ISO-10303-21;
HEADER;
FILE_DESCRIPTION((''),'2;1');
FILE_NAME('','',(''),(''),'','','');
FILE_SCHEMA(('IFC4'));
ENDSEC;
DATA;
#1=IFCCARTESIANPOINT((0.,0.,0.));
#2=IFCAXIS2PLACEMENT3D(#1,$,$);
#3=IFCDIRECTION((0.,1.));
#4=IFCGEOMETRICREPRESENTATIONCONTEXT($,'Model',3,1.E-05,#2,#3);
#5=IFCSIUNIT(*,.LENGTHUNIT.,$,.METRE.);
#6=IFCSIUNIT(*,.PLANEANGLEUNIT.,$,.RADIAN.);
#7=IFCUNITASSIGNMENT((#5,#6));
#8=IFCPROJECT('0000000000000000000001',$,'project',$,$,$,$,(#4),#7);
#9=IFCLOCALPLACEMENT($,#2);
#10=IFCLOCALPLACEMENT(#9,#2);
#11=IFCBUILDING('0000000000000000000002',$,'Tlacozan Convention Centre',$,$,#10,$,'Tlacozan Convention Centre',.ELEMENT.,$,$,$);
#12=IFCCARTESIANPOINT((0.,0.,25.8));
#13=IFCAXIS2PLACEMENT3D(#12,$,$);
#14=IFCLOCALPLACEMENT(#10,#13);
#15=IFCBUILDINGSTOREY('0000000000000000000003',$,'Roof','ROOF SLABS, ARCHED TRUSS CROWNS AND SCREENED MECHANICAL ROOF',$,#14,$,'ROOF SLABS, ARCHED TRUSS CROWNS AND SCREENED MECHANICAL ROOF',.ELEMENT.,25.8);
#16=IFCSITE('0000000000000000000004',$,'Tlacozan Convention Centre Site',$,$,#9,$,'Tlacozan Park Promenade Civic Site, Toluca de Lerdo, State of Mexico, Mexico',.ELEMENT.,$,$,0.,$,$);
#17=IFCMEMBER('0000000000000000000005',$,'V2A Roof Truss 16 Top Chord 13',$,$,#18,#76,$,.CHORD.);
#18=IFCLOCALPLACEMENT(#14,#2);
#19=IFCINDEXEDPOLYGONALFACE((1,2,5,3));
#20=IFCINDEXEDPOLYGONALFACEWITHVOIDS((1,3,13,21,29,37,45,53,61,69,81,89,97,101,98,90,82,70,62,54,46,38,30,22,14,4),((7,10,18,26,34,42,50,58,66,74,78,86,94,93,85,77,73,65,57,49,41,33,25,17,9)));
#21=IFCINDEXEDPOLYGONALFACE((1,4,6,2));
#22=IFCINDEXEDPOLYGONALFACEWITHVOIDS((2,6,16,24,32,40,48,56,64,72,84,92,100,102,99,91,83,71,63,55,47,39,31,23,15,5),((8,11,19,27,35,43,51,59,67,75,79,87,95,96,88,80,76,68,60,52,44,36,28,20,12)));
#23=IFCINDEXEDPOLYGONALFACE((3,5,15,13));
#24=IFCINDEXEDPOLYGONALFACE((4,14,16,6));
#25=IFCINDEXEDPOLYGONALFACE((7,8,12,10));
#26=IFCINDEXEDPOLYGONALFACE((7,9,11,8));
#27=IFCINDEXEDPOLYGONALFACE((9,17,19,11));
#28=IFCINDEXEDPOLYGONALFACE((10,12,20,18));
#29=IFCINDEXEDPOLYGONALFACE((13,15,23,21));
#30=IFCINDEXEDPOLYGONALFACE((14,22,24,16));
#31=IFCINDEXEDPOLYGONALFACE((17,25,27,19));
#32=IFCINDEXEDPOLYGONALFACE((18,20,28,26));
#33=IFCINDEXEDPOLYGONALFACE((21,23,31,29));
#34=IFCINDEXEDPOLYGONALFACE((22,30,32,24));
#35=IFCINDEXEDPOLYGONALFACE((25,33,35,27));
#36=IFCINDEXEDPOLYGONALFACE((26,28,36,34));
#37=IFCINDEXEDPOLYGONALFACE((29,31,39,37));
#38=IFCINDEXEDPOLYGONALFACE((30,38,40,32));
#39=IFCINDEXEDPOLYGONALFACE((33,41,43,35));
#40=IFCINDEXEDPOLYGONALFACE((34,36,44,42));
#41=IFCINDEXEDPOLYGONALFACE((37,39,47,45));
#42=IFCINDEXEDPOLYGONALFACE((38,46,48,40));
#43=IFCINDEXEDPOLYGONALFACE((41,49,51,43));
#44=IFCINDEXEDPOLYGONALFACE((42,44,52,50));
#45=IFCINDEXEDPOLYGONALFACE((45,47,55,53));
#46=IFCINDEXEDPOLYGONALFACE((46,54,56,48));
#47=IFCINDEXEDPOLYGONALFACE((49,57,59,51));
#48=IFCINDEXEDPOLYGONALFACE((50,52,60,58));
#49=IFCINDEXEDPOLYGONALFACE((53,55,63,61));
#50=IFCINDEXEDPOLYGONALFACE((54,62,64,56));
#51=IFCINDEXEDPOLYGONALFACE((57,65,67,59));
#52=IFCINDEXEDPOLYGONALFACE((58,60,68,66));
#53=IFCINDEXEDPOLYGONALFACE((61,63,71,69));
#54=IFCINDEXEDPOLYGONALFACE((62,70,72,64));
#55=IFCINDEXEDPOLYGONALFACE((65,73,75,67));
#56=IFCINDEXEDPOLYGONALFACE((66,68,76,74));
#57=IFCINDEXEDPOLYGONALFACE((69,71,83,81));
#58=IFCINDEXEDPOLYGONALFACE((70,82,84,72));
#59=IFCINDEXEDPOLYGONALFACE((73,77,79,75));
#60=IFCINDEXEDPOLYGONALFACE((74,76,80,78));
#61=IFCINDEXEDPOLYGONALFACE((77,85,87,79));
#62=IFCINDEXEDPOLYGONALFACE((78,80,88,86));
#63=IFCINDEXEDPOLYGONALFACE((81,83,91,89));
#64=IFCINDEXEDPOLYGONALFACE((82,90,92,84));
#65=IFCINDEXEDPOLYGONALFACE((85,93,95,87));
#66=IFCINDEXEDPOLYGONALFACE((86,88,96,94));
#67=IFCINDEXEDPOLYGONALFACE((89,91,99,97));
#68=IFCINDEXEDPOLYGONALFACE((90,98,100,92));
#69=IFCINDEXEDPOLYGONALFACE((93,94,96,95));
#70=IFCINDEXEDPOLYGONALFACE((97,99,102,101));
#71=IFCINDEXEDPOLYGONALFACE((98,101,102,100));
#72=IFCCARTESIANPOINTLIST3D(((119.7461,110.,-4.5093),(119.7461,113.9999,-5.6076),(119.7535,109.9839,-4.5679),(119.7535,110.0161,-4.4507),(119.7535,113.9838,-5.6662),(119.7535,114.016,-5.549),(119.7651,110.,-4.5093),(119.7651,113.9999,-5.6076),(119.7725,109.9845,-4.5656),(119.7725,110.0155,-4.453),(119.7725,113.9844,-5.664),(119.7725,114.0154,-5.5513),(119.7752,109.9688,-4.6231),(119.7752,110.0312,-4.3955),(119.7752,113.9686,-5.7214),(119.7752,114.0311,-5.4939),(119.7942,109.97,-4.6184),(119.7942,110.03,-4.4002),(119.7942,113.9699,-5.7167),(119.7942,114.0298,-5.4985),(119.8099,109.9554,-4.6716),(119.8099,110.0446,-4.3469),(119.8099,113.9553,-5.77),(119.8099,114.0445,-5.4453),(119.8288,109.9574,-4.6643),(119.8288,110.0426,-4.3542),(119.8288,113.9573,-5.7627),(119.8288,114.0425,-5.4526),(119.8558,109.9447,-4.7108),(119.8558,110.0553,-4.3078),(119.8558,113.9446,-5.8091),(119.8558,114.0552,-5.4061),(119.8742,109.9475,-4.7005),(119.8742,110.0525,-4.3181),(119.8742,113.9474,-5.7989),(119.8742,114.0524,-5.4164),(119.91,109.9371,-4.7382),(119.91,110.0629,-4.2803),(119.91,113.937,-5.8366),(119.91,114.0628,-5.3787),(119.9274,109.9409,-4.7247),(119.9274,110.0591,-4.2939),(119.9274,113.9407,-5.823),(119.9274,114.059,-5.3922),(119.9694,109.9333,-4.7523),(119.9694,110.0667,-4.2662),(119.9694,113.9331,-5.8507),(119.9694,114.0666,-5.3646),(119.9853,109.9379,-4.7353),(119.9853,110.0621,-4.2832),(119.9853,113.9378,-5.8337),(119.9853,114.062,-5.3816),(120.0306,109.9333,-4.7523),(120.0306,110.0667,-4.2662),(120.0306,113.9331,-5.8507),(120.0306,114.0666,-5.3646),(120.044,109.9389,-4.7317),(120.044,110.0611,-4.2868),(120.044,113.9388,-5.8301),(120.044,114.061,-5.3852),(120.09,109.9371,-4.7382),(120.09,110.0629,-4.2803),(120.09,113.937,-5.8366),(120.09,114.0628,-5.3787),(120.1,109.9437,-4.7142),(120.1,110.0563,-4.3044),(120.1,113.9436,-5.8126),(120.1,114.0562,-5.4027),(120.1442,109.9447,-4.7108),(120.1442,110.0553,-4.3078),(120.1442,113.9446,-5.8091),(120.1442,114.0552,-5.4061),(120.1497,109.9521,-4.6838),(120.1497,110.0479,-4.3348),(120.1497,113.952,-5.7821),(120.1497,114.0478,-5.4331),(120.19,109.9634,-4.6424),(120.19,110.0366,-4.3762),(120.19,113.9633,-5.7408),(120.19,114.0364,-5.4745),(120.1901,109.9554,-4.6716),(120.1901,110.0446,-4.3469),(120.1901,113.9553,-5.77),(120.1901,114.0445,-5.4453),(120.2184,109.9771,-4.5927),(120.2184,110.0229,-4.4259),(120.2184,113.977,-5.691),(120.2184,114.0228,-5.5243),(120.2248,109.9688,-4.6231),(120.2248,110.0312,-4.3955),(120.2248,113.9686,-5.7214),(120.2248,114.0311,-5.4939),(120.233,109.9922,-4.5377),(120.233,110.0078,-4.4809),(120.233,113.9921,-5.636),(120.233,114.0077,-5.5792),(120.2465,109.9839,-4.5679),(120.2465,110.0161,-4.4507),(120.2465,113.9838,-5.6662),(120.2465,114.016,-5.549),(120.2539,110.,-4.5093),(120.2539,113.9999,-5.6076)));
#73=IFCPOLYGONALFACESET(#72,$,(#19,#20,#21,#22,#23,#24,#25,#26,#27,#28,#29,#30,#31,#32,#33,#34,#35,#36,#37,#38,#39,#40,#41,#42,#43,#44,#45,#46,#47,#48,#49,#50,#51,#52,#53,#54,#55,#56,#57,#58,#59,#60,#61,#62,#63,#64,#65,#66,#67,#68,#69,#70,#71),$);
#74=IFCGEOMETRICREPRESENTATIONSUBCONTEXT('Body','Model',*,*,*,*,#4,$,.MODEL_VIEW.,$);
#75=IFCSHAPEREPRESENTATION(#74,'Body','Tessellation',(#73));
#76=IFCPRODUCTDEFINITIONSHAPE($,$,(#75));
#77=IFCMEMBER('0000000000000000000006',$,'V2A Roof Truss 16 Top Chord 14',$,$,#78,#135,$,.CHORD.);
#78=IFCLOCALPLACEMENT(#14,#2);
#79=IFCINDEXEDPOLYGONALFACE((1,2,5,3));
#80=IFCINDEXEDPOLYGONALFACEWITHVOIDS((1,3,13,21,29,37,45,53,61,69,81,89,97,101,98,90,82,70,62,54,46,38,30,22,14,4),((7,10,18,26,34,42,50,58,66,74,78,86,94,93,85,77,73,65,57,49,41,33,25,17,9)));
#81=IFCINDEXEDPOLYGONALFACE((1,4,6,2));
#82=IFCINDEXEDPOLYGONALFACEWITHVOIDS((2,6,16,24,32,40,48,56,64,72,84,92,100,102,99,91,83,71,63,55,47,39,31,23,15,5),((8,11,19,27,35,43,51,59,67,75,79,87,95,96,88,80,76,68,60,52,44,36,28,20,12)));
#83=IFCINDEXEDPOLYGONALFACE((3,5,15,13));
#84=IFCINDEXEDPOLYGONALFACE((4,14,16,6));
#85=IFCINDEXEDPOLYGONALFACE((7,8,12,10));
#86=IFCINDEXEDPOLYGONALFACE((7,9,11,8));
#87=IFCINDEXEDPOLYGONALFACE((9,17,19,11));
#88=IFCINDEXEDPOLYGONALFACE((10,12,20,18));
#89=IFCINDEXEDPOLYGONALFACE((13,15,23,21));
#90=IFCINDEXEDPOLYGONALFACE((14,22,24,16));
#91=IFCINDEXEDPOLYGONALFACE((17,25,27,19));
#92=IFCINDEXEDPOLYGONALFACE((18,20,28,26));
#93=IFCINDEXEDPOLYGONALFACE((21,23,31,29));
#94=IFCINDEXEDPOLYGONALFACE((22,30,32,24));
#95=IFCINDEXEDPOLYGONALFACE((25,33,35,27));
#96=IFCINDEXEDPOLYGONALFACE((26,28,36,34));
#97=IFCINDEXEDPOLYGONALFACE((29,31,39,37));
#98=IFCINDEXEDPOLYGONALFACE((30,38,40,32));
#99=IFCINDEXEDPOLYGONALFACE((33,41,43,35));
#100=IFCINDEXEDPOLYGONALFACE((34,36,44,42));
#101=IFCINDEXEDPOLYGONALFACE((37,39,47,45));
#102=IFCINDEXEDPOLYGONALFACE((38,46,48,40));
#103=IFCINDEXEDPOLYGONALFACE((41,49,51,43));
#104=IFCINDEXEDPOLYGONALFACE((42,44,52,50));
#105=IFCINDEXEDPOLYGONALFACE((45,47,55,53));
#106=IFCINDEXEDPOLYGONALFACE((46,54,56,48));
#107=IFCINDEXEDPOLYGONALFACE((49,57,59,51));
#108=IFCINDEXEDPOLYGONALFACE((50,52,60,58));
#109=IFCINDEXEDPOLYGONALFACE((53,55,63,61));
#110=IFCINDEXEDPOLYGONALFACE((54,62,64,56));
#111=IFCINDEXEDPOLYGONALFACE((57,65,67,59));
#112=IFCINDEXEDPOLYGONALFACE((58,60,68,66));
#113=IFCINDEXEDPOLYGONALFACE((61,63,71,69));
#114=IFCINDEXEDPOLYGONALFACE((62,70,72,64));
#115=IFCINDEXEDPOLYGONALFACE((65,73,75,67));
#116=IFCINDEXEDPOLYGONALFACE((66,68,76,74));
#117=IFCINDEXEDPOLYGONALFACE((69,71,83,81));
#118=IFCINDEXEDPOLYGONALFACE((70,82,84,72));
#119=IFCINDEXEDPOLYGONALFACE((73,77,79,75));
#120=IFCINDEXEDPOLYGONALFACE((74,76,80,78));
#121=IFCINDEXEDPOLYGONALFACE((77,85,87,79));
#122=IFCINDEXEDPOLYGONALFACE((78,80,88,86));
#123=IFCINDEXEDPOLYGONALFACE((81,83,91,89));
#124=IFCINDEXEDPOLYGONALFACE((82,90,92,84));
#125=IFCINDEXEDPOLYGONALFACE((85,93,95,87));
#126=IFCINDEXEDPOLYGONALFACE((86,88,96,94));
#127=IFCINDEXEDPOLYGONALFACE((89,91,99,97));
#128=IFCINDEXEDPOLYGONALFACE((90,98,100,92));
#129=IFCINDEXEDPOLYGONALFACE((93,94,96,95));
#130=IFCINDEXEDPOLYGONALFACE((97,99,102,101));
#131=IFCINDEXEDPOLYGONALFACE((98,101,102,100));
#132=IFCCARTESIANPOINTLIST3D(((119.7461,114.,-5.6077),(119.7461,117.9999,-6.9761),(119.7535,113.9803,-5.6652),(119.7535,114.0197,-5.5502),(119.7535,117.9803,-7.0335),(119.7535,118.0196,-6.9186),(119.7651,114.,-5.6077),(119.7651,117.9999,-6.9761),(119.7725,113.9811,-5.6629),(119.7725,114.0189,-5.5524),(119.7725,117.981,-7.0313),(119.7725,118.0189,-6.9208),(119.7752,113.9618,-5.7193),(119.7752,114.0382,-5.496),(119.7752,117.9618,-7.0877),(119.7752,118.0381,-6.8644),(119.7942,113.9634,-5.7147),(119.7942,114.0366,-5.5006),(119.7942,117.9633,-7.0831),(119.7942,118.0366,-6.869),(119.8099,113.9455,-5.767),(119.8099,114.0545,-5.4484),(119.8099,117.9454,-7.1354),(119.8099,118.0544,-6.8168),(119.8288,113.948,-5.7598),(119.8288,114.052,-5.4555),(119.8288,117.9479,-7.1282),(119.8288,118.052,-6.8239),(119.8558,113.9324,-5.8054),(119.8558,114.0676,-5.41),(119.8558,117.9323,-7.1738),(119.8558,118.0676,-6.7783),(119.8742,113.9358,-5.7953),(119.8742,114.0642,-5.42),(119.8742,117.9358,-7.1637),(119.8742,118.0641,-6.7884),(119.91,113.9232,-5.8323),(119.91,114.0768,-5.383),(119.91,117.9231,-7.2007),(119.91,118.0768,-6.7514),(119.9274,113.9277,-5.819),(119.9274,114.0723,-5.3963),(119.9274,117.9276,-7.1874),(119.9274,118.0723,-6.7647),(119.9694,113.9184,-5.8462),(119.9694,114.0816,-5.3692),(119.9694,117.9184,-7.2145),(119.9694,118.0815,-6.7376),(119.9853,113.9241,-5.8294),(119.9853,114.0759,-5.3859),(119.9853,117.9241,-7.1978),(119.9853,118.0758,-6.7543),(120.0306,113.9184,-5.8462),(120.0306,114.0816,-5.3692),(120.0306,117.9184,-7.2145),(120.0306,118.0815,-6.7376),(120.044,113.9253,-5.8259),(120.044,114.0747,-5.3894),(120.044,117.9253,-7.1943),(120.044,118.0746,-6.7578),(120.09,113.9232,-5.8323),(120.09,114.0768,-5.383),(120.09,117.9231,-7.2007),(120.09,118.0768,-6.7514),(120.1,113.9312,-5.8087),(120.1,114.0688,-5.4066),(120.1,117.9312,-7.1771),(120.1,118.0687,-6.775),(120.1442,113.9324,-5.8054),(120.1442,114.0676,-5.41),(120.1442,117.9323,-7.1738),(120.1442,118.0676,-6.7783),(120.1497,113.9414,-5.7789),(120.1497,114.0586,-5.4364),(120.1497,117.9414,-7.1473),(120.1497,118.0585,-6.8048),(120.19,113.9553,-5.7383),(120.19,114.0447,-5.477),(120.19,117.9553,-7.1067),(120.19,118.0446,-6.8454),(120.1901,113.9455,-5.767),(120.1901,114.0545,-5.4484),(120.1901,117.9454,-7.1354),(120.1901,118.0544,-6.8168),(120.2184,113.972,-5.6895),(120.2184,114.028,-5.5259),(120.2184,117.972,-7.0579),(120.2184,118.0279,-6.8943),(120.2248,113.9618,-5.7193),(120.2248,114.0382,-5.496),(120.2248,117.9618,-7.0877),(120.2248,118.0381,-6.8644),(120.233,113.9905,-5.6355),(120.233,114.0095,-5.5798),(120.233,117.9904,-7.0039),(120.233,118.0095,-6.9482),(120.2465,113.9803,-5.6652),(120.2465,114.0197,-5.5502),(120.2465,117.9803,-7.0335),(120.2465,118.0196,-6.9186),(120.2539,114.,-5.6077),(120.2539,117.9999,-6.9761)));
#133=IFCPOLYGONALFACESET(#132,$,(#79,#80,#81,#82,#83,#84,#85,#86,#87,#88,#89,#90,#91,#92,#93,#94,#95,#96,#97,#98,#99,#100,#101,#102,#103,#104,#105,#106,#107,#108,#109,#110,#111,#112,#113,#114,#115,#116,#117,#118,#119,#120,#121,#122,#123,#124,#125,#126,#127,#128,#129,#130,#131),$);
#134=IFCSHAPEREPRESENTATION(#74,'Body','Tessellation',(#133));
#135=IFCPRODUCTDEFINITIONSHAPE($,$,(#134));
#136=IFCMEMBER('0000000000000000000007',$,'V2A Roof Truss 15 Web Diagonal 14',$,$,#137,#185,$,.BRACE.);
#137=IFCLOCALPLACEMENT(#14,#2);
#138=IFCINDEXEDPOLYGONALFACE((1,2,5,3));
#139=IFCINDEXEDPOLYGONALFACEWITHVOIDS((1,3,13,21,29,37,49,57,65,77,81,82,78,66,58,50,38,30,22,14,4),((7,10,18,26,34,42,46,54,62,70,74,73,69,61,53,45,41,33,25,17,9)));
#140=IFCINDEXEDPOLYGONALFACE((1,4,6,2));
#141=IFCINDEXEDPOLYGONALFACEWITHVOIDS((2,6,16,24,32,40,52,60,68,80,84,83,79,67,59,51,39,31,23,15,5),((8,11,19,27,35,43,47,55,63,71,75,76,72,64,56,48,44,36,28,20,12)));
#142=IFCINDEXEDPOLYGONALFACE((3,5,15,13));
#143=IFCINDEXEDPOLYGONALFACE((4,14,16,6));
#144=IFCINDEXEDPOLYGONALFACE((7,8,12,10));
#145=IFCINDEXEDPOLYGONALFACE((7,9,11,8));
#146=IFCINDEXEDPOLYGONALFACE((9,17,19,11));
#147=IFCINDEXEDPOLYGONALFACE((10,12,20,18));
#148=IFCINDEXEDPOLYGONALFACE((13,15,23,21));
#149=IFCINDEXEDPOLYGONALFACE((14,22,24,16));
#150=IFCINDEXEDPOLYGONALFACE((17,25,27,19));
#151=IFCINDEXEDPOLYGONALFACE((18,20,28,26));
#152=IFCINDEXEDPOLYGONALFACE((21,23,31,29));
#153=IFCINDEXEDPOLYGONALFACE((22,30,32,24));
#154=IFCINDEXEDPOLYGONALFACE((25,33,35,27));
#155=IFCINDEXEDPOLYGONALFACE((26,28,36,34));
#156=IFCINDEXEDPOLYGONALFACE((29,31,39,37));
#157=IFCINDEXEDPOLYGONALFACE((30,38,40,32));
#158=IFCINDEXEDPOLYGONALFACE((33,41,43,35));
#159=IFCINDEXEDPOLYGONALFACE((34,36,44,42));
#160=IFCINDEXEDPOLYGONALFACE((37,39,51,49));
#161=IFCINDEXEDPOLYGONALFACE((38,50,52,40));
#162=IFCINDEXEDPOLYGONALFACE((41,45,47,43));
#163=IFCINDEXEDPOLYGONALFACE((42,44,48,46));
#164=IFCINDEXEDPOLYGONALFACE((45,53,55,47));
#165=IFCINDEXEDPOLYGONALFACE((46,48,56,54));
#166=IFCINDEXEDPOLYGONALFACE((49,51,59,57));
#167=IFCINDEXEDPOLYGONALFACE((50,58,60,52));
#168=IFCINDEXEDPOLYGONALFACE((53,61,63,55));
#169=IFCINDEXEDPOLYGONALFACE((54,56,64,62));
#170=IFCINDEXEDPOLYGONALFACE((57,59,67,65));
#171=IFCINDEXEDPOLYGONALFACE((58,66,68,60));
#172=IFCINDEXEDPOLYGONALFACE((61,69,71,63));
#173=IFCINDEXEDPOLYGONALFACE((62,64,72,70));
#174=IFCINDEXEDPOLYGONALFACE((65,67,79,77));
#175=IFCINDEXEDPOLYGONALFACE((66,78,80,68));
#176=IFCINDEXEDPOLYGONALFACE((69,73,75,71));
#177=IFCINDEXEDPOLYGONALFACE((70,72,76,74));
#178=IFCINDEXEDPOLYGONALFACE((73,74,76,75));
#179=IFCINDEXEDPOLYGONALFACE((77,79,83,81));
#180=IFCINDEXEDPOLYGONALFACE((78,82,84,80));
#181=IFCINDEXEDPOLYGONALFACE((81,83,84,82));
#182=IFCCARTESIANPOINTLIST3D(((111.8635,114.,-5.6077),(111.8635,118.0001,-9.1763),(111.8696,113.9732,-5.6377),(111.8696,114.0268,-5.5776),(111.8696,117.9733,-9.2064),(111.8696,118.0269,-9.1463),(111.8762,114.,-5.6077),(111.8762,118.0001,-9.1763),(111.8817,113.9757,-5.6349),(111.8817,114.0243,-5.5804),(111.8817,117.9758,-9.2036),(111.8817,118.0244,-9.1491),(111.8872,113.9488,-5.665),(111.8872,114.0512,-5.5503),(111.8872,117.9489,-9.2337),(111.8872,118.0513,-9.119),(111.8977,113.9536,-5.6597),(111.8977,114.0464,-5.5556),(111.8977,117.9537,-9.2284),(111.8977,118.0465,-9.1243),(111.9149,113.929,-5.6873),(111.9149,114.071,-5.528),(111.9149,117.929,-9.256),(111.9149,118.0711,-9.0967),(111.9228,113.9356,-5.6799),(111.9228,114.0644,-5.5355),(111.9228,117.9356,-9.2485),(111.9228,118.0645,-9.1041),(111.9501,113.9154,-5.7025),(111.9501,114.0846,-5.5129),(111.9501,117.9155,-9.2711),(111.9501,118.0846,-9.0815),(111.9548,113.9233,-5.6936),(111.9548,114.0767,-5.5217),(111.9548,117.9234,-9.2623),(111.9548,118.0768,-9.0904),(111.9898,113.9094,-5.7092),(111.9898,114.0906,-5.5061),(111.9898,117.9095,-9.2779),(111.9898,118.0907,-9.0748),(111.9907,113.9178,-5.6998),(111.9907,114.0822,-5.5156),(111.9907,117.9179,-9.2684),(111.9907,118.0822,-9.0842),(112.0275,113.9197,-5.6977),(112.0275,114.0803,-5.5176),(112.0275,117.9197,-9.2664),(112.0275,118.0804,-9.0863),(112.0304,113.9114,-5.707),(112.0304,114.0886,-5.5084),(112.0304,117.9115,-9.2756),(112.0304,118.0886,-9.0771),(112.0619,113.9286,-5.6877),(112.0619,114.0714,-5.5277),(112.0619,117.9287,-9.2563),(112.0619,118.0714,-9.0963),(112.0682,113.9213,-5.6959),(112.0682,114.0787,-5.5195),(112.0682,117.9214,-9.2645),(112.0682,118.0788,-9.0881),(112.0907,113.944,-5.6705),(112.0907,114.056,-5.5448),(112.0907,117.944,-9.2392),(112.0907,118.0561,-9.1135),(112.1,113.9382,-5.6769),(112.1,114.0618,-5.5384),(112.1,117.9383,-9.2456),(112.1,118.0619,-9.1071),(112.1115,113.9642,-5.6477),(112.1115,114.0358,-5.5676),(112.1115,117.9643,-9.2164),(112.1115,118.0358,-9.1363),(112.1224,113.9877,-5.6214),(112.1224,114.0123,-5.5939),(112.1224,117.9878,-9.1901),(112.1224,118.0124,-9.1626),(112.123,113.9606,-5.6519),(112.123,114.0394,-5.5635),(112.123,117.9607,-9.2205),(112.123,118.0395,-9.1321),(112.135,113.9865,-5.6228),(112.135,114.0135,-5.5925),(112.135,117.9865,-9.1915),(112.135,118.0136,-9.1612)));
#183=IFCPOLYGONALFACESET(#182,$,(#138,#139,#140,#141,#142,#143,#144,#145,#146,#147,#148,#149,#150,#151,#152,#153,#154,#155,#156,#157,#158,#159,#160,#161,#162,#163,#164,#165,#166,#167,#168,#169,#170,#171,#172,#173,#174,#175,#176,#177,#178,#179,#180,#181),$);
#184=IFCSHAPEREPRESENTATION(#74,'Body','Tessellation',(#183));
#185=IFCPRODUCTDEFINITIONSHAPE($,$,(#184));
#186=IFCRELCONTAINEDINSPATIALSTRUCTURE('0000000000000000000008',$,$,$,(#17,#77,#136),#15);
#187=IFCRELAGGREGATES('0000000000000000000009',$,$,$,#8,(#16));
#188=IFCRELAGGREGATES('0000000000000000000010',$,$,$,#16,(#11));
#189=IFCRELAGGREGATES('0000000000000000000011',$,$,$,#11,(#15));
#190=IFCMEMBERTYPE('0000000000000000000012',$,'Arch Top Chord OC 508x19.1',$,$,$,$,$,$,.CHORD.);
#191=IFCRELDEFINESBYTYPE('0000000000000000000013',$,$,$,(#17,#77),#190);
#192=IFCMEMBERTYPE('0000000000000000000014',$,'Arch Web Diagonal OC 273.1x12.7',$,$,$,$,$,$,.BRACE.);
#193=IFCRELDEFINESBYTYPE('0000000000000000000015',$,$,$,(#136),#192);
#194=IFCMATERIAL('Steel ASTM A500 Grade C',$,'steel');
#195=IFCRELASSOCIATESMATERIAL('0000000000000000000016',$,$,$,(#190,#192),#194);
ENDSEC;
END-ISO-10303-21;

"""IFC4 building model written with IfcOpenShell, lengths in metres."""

from ifc_helpers import new_model, si_unit, direction, frame, origin, origin_2d, place, context, subcontext, project, spatial, hollow_circle, extrude, material, material_profile, profile_set, type_object, element, save


model = new_model("IFC4")

# Units and contexts
model_context = context("Model", 3, precision=1e-05, world=origin(), true_north=direction((0.0, 1.0)))
body_context = subcontext(model_context, "Body", "Model", "MODEL_VIEW")
ifc_project = project(units=[si_unit("LENGTHUNIT", "METRE"), si_unit("PLANEANGLEUNIT", "RADIAN")], contexts=[model_context])

# Site, building, storey
site_placement = place(None, origin())
site = spatial("IfcSite", under=ifc_project, at=site_placement, Name="Tlacozan Convention Centre Site", LongName="Tlacozan Park Promenade Civic Site, Toluca de Lerdo, State of Mexico, Mexico", CompositionType="ELEMENT", RefElevation=0.0)
building_placement = place(site_placement, origin())
building = spatial("IfcBuilding", under=site, at=building_placement, Name="Tlacozan Convention Centre", LongName="Tlacozan Convention Centre", CompositionType="ELEMENT")
storey_placement = place(building_placement, frame((0.0, 0.0, 25.8)))
storey = spatial("IfcBuildingStorey", under=building, at=storey_placement, Name="Roof", Description="ROOF SLABS, ARCHED TRUSS CROWNS AND SCREENED MECHANICAL ROOF", LongName="ROOF SLABS, ARCHED TRUSS CROWNS AND SCREENED MECHANICAL ROOF", CompositionType="ELEMENT", Elevation=25.8)

# Members
ifc_material_1 = material(Name="Steel ASTM A500 Grade C", Category="steel")
ifc_material_profile_1 = material_profile(ifc_material_1, hollow_circle(Radius=0.2539, WallThickness=0.019, at=origin_2d()), Name="OC 508.0x19.1")
ifc_profile_set_1 = profile_set([ifc_material_profile_1], Name="Steel ASTM A500 Grade C")
member_type_1 = type_object("IfcMemberType", Name="Arch Top Chord OC 508x19.1", PredefinedType="CHORD", material=ifc_profile_set_1)
member_1_placement = place(storey_placement, frame((120.0, 110.0, -4.5093), z_axis=(0.0, 0.964305, -0.264795), x_axis=(-1.0, 0.0, 0.0)))
element("IfcMember", 1, at=member_1_placement, inside=storey, type_object=member_type_1, Name="V2A Roof Truss 16 Top Chord 13", PredefinedType="CHORD", context=body_context, shape_type="SweptSolid", body=[
    extrude(hollow_circle(Radius=0.2539, WallThickness=0.019, at=origin_2d()), origin(), (0.0, 0.0, 1.0), 4.1479),
])
member_2_placement = place(storey_placement, frame((120.0, 114.0, -5.6077), z_axis=(0.0, 0.946165, -0.323685), x_axis=(-1.0, 0.0, 0.0)))
element("IfcMember", 2, at=member_2_placement, inside=storey, type_object=member_type_1, Name="V2A Roof Truss 16 Top Chord 14", PredefinedType="CHORD", context=body_context, shape_type="SweptSolid", body=[
    extrude(hollow_circle(Radius=0.2539, WallThickness=0.019, at=origin_2d()), origin(), (0.0, 0.0, 1.0), 4.2275),
])
ifc_material_profile_2 = material_profile(ifc_material_1, hollow_circle(Radius=0.1365, WallThickness=0.0127, at=origin_2d()), Name="OC 273.1x12.7")
ifc_profile_set_2 = profile_set([ifc_material_profile_2], Name="Steel ASTM A500 Grade C")
member_type_2 = type_object("IfcMemberType", Name="Arch Web Diagonal OC 273.1x12.7", PredefinedType="BRACE", material=ifc_profile_set_2)
member_3_placement = place(storey_placement, frame((112.0, 114.0, -5.6077), z_axis=(0.0, 0.746199, -0.665722), x_axis=(-1.0, 0.0, 0.0)))
element("IfcMember", 3, at=member_3_placement, inside=storey, type_object=member_type_2, Name="V2A Roof Truss 15 Web Diagonal 14", PredefinedType="BRACE", context=body_context, shape_type="SweptSolid", body=[
    extrude(hollow_circle(Radius=0.1365, WallThickness=0.0127, at=origin_2d()), origin(), (0.0, 0.0, 1.0), 5.3606),
])

save(model, "model.ifc")
